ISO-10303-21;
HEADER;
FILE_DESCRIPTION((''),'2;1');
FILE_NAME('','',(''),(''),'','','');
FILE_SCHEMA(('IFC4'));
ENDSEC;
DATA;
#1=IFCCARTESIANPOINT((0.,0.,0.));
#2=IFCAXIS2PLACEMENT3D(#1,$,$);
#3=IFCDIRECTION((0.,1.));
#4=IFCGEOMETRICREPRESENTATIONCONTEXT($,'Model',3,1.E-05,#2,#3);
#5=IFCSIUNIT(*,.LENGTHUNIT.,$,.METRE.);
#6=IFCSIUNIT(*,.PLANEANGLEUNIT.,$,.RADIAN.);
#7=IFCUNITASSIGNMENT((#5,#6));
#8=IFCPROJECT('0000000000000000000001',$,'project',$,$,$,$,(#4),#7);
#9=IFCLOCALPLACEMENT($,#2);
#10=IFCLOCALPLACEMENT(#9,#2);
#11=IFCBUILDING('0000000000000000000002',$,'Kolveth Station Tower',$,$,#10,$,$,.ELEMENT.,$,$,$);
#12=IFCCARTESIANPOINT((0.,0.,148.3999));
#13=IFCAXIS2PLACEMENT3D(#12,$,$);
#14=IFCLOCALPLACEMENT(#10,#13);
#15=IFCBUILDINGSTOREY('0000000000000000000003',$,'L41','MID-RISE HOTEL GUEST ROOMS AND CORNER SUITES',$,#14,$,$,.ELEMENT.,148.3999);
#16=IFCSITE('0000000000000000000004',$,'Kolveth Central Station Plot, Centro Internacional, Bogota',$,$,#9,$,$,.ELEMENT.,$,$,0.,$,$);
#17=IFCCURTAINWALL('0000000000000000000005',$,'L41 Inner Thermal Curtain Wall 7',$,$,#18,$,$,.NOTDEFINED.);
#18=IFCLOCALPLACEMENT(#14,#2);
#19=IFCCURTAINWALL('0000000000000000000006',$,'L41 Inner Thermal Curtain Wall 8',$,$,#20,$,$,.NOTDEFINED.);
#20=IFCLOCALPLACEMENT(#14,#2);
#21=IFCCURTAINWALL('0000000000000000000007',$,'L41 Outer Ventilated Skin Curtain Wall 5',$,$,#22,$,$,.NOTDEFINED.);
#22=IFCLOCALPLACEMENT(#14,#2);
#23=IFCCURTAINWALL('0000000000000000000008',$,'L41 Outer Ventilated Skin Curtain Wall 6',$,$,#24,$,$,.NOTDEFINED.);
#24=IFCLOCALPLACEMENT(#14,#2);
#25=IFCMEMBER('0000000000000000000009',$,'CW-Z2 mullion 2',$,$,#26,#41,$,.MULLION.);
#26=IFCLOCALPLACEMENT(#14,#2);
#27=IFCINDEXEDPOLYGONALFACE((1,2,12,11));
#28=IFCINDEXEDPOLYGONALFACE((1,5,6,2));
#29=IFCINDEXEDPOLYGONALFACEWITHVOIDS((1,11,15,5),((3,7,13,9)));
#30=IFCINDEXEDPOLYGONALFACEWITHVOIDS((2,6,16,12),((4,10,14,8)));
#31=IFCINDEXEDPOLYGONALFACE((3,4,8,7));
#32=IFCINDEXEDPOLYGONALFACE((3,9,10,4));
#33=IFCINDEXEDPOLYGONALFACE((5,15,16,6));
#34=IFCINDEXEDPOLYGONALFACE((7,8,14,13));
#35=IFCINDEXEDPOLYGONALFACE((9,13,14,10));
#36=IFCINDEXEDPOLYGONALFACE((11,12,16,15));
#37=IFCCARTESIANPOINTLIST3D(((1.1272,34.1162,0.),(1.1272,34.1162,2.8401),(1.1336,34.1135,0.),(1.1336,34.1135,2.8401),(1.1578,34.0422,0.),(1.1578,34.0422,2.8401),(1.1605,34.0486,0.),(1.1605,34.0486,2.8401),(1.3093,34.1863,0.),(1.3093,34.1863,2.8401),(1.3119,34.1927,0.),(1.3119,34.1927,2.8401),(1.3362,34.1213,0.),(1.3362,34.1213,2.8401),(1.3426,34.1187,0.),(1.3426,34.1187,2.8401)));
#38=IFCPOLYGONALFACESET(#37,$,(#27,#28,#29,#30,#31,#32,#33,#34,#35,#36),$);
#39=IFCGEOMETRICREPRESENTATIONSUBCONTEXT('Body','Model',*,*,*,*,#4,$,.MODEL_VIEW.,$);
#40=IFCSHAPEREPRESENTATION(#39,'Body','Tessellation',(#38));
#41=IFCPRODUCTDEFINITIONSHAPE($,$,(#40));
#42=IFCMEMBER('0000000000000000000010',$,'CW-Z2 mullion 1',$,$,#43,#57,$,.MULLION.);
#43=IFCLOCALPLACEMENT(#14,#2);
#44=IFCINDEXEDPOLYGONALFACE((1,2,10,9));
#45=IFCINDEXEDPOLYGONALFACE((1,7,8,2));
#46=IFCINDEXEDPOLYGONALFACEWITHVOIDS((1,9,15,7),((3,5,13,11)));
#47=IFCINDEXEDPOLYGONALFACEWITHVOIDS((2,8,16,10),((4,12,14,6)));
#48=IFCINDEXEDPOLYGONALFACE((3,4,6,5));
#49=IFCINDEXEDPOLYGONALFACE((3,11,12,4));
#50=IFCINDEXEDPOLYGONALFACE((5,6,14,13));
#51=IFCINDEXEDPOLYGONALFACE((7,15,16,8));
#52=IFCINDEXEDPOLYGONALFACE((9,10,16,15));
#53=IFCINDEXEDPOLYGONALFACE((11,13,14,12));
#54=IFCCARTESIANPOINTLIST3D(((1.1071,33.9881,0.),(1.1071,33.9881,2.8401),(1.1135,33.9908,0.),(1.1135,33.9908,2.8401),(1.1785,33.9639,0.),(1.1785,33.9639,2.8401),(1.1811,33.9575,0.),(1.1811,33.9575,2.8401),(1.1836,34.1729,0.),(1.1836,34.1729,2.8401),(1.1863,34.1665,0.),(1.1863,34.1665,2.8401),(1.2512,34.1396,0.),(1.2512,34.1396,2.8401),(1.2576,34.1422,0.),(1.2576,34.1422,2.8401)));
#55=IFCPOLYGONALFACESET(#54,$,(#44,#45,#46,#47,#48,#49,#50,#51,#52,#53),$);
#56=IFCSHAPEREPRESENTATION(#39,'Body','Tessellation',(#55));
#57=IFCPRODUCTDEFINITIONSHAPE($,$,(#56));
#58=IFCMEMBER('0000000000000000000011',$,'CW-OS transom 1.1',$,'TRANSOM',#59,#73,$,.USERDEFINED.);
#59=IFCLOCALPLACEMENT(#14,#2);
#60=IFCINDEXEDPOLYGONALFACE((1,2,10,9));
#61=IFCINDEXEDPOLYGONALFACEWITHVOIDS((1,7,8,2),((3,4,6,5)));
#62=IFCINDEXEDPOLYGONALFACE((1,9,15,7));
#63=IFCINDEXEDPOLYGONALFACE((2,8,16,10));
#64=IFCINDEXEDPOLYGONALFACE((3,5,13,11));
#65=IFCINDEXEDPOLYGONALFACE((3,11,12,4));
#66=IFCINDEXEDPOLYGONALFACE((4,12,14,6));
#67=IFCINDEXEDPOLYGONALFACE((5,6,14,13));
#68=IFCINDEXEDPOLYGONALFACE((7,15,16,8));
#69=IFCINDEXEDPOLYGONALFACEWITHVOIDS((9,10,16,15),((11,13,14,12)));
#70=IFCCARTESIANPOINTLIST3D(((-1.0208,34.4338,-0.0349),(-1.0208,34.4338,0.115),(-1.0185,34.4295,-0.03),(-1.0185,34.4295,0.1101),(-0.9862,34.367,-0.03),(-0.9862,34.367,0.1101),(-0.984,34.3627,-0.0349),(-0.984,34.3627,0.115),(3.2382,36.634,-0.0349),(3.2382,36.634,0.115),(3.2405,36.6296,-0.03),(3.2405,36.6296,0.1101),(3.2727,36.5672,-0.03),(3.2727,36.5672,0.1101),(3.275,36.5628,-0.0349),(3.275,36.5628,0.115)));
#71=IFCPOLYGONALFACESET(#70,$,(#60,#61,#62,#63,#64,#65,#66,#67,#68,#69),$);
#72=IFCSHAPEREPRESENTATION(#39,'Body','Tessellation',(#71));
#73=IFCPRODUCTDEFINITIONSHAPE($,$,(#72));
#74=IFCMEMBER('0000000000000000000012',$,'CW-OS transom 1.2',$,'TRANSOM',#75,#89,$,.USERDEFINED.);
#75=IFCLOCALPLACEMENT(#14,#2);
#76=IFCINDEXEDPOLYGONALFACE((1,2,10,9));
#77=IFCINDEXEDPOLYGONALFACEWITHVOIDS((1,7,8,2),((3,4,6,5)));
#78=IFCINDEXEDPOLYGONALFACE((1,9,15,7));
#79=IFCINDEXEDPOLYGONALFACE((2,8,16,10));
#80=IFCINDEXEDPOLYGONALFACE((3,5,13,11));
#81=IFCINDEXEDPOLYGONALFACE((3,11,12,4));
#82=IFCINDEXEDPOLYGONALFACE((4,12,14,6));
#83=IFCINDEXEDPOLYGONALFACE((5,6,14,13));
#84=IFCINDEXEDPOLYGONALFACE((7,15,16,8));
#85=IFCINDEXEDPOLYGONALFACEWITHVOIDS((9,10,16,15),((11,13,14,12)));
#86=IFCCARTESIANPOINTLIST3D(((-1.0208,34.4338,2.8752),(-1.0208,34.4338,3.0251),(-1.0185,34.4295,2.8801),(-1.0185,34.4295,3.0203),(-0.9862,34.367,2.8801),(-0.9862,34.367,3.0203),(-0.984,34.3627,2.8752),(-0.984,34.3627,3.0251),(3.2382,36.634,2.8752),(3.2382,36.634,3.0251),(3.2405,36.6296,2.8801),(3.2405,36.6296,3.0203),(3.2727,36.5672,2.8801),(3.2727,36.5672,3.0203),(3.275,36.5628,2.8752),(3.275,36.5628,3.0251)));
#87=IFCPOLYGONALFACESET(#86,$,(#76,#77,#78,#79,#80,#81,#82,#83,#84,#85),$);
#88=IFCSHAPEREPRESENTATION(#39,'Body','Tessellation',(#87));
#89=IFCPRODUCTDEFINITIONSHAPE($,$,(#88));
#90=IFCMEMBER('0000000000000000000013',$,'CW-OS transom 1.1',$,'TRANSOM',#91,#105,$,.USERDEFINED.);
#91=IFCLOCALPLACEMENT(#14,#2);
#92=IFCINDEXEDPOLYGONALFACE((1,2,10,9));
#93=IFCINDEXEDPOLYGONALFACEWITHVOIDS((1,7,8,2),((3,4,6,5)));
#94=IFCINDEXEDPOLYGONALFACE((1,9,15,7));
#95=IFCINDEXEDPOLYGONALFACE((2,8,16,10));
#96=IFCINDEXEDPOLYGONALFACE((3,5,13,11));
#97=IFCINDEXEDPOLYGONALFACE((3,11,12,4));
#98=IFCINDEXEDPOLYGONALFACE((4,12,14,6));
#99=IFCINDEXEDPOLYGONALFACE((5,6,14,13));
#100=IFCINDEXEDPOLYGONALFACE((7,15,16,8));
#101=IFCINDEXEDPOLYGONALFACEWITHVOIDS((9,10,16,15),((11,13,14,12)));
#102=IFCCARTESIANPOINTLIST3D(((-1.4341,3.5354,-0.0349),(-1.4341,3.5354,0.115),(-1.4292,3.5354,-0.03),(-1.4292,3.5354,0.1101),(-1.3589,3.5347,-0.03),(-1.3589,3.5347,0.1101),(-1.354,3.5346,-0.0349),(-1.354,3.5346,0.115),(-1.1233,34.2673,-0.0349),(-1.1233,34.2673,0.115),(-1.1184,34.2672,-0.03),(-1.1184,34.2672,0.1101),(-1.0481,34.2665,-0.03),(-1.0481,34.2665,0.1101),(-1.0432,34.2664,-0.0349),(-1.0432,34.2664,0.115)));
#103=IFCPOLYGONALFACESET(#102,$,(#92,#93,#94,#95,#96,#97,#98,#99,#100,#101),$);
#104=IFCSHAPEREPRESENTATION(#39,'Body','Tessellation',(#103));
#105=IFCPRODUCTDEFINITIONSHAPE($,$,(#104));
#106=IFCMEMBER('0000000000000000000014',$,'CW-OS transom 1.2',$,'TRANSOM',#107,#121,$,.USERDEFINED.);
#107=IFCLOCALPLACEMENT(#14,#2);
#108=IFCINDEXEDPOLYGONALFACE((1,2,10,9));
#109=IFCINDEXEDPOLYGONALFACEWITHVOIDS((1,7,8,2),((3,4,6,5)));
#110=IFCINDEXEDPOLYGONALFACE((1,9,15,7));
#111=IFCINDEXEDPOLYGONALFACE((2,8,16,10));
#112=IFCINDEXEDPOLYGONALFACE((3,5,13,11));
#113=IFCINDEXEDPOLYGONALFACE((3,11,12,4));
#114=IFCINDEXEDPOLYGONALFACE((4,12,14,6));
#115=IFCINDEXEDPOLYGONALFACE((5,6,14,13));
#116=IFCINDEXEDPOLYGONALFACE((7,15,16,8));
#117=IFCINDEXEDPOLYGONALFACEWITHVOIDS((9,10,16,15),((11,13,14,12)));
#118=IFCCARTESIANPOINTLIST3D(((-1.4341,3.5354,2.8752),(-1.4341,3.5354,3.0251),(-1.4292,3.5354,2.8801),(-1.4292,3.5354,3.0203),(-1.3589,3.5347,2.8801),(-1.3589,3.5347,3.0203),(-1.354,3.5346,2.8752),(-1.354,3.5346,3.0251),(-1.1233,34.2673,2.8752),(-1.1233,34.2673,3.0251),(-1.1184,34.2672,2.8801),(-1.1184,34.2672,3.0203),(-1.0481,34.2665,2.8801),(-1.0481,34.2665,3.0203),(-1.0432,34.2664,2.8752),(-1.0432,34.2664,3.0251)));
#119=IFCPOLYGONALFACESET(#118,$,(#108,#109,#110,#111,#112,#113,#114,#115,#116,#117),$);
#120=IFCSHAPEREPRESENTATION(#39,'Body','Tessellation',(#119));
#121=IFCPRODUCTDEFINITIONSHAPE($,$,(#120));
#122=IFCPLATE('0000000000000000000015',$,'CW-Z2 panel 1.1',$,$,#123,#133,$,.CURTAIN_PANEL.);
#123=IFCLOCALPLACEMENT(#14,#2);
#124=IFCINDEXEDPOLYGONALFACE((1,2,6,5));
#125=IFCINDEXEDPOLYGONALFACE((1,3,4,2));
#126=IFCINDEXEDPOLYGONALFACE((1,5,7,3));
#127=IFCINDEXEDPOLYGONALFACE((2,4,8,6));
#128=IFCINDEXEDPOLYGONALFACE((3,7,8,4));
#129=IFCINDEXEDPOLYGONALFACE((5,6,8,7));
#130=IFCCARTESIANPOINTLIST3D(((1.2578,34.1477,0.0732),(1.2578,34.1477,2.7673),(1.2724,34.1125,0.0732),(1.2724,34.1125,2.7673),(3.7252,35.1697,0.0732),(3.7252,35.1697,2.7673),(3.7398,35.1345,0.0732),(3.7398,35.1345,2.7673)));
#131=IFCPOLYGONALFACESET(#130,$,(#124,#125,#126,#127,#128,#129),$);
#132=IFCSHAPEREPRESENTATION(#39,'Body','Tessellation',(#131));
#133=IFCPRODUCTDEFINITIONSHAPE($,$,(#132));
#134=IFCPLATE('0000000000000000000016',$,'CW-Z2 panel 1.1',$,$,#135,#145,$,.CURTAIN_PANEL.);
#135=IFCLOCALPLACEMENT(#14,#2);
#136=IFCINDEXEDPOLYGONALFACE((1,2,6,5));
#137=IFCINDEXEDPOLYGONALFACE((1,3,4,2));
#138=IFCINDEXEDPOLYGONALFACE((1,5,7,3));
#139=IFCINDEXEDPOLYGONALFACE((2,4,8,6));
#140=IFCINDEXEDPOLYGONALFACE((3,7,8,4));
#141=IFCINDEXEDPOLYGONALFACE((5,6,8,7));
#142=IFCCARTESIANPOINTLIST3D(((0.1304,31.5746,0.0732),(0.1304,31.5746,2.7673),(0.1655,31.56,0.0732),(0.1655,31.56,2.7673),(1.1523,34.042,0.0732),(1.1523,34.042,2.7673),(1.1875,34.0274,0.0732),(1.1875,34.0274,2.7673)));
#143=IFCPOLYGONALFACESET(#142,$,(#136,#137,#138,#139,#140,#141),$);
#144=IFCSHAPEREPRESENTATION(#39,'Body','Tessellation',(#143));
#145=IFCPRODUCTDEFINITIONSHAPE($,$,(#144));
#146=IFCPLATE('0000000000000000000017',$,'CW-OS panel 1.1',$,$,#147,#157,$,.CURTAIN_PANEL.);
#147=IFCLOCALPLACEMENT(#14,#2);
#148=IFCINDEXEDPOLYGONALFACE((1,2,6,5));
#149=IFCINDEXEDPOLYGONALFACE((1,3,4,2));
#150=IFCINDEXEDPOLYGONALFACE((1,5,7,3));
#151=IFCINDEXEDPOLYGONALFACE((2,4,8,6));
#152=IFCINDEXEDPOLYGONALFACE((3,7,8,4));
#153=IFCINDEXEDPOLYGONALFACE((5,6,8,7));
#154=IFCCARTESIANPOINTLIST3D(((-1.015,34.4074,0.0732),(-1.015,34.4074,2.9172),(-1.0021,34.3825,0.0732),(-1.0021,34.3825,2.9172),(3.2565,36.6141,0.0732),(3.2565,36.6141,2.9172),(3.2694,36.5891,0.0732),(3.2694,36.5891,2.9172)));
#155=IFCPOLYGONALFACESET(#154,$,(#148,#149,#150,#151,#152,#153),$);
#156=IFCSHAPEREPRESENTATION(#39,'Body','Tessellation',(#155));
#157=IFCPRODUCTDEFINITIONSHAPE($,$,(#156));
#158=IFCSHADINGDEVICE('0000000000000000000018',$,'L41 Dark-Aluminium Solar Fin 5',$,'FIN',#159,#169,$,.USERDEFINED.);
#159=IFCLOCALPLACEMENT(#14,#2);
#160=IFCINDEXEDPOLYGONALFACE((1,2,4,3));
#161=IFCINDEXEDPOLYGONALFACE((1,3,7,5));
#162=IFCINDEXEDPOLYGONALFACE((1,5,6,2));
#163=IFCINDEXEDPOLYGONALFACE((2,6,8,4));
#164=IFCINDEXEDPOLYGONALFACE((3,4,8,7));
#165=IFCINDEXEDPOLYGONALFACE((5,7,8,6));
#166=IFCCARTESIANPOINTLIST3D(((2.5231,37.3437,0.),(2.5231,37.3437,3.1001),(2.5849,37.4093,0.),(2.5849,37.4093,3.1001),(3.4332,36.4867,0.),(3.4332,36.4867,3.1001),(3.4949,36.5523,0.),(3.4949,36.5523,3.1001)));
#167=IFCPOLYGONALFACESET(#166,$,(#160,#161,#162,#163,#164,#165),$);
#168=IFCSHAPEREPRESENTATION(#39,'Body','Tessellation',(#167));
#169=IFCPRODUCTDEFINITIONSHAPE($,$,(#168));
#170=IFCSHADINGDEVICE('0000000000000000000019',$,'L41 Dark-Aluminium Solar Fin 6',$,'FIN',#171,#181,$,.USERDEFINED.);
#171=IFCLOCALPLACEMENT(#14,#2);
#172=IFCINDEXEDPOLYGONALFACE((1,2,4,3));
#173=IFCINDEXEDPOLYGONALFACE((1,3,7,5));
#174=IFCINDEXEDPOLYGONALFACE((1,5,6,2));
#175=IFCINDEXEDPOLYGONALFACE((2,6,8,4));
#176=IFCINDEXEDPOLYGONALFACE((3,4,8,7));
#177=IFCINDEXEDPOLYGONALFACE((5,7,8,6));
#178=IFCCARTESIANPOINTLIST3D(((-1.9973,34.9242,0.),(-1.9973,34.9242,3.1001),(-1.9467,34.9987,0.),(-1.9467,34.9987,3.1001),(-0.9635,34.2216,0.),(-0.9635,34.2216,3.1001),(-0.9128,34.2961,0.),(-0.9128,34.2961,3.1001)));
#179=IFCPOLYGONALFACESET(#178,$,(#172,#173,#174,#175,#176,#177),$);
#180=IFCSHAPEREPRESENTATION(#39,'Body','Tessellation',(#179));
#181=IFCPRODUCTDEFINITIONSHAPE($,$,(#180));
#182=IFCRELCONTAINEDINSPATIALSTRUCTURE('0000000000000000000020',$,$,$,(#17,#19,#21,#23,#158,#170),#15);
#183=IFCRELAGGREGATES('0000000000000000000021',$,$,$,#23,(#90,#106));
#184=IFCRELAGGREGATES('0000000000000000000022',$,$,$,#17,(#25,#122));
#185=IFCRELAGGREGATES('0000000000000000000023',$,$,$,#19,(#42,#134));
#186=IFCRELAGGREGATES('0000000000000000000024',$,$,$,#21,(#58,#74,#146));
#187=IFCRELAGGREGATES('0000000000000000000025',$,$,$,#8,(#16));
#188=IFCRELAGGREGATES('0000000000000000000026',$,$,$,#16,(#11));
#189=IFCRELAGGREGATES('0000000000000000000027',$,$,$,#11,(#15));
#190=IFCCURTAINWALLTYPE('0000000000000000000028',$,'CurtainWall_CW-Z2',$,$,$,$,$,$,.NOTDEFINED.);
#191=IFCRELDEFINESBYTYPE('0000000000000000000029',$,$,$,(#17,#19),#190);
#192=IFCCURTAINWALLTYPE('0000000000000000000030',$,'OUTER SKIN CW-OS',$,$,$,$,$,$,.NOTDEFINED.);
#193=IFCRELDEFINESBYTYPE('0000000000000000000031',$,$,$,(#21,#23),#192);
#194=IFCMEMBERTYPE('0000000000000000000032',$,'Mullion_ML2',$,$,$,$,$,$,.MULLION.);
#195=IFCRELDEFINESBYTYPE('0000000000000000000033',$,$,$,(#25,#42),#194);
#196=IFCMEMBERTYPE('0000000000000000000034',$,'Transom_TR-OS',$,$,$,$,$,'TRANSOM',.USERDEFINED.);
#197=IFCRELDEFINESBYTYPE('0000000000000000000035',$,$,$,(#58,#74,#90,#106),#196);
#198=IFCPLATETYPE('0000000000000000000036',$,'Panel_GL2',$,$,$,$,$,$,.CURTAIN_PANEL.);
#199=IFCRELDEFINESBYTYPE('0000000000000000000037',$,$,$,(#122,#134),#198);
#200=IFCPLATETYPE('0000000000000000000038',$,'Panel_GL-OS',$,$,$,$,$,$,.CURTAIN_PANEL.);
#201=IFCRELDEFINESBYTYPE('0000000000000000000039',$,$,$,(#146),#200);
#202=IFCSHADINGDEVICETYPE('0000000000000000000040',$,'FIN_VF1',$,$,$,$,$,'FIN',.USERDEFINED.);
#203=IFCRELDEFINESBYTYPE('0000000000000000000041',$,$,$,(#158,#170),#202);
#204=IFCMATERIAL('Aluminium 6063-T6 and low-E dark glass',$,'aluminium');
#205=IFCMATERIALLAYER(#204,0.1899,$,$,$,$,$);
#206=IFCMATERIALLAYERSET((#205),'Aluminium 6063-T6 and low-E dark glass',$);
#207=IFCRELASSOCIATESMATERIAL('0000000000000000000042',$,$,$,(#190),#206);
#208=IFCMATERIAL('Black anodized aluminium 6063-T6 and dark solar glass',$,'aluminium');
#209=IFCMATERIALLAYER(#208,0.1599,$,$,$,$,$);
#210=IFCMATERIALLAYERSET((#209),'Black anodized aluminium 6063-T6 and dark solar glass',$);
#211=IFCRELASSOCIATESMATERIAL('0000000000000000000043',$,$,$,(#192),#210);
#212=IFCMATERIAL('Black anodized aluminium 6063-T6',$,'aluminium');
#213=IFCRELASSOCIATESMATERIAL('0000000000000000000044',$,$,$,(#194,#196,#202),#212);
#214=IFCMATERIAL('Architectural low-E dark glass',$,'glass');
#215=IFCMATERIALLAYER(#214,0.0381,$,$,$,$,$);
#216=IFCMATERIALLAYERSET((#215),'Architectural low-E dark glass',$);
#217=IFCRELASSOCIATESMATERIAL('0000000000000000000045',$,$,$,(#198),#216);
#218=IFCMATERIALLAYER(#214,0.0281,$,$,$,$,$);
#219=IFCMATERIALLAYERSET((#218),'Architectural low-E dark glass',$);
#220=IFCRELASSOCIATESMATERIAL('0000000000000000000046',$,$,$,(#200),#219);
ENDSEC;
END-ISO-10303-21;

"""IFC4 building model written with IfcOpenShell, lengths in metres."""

from ifc_helpers import new_model, si_unit, direction, frame, origin, origin_2d, place, context, subcontext, project, spatial, rectangle, hollow_rectangle, extrude, source, transform, mapped, material, layer, layer_set, material_profile, profile_set, type_object, element, aggregate, save


model = new_model("IFC4")

# Units and contexts
model_context = context("Model", 3, precision=1e-05, world=origin(), true_north=direction((0.0, 1.0)))
body_context = subcontext(model_context, "Body", "Model", "MODEL_VIEW")
ifc_project = project(units=[si_unit("LENGTHUNIT", "METRE"), si_unit("PLANEANGLEUNIT", "RADIAN")], contexts=[model_context])

# Site, building, storey
site_placement = place(None, origin())
site = spatial("IfcSite", under=ifc_project, at=site_placement, Name="Kolveth Central Station Plot, Centro Internacional, Bogota", CompositionType="ELEMENT", RefElevation=0.0)
building_placement = place(site_placement, origin())
building = spatial("IfcBuilding", under=site, at=building_placement, Name="Kolveth Station Tower", CompositionType="ELEMENT")
storey_placement = place(building_placement, frame((0.0, 0.0, 148.3999)))
storey = spatial("IfcBuildingStorey", under=building, at=storey_placement, Name="L41", Description="MID-RISE HOTEL GUEST ROOMS AND CORNER SUITES", CompositionType="ELEMENT", Elevation=148.3999)

# Curtain walls
ifc_material_1 = material(Name="Aluminium 6063-T6 and low-E dark glass", Category="aluminium")
ifc_layer_1 = layer(ifc_material_1, 0.1899)
ifc_layer_set_1 = layer_set([ifc_layer_1], Name="Aluminium 6063-T6 and low-E dark glass")
curtain_wall_type_1 = type_object("IfcCurtainWallType", Name="CurtainWall_CW-Z2", PredefinedType="NOTDEFINED", material=ifc_layer_set_1)
curtain_wall_1_placement = place(storey_placement, origin())
curtain_wall_1 = element("IfcCurtainWall", 1, at=curtain_wall_1_placement, inside=storey, type_object=curtain_wall_type_1, Name="L41 Inner Thermal Curtain Wall 7", PredefinedType="NOTDEFINED")
ifc_material_2 = material(Name="Black anodized aluminium 6063-T6", Category="aluminium")
curtain_wall_2_placement = place(storey_placement, origin())
curtain_wall_2 = element("IfcCurtainWall", 2, at=curtain_wall_2_placement, inside=storey, type_object=curtain_wall_type_1, Name="L41 Inner Thermal Curtain Wall 8", PredefinedType="NOTDEFINED")

# Shared definitions
ifc_material_3 = material(Name="Black anodized aluminium 6063-T6 and dark solar glass", Category="aluminium")
ifc_layer_2 = layer(ifc_material_3, 0.1599)
ifc_layer_set_2 = layer_set([ifc_layer_2], Name="Black anodized aluminium 6063-T6 and dark solar glass")
curtain_wall_type_2 = type_object("IfcCurtainWallType", Name="OUTER SKIN CW-OS", PredefinedType="NOTDEFINED", material=ifc_layer_set_2)

# Curtain wall
curtain_wall_3_placement = place(storey_placement, origin())
curtain_wall_3 = element("IfcCurtainWall", 3, at=curtain_wall_3_placement, inside=storey, type_object=curtain_wall_type_2, Name="L41 Outer Ventilated Skin Curtain Wall 5", PredefinedType="NOTDEFINED")

# Curtain wall
curtain_wall_4_placement = place(storey_placement, origin())
curtain_wall_4 = element("IfcCurtainWall", 4, at=curtain_wall_4_placement, inside=storey, type_object=curtain_wall_type_2, Name="L41 Outer Ventilated Skin Curtain Wall 6", PredefinedType="NOTDEFINED")
ifc_material_profile_1 = material_profile(ifc_material_2, hollow_rectangle(XDim=0.0801, YDim=0.2, WallThickness=0.0049, at=origin_2d()), Name="ALU-80x200x5")
ifc_profile_set_1 = profile_set([ifc_material_profile_1], Name="Black anodized aluminium 6063-T6")
member_type_1 = type_object("IfcMemberType", Name="Mullion_ML2", PredefinedType="MULLION", material=ifc_profile_set_1)
shared_shape_1 = source(origin(), body_context, "Body", "SweptSolid", [
    extrude(hollow_rectangle(XDim=0.0801, YDim=0.2, WallThickness=0.0049, at=origin_2d()), origin(), (0.0, 0.0, 1.0), 2.8401),
])

# Members
member_1_placement = place(storey_placement, frame((1.2349, 34.1174, 0.0), z_axis=(0.0, 0.0, 1.0), x_axis=(0.382663, -0.923888, 0.0)))
member_1 = element("IfcMember", 5, at=member_1_placement, type_object=member_type_1, Name="CW-Z2 mullion 2", PredefinedType="MULLION", context=body_context, shape_type="MappedRepresentation", body=[
    mapped(shared_shape_1, transform((0.0, 0.0, 0.0), x_axis=(1.0, 0.0, 0.0), y_axis=(0.0, 1.0, 0.0), z_axis=(0.0, 0.0, 1.0), scale=1.0)),
])
member_2_placement = place(storey_placement, frame((1.1824, 34.0652, 0.0), z_axis=(0.0, 0.0, 1.0), x_axis=(0.923888, -0.382663, 0.0)))
member_2 = element("IfcMember", 6, at=member_2_placement, type_object=member_type_1, Name="CW-Z2 mullion 1", PredefinedType="MULLION", context=body_context, shape_type="MappedRepresentation", body=[
    mapped(shared_shape_1, transform((0.0, 0.0, 0.0), x_axis=(1.0, 0.0, 0.0), y_axis=(0.0, 1.0, 0.0), z_axis=(0.0, 0.0, 1.0), scale=1.0)),
])
ifc_material_profile_2 = material_profile(ifc_material_2, hollow_rectangle(XDim=0.0801, YDim=0.1499, WallThickness=0.0049, at=origin_2d()), Name="ALU-80x150x5")
ifc_profile_set_2 = profile_set([ifc_material_profile_2], Name="Black anodized aluminium 6063-T6")
member_type_2 = type_object("IfcMemberType", Name="Transom_TR-OS", ElementType="TRANSOM", PredefinedType="USERDEFINED", material=ifc_profile_set_2)
shared_shape_2 = source(origin(), body_context, "Body", "SweptSolid", [
    extrude(hollow_rectangle(XDim=0.0801, YDim=0.1499, WallThickness=0.0049, at=origin_2d()), origin(), (0.0, 0.0, 1.0), 4.7937),
])
member_3_placement = place(storey_placement, frame((3.2566, 36.5984, 0.04), z_axis=(-0.888452, -0.45897, 0.0), x_axis=(0.45897, -0.888452, 0.0)))
member_3 = element("IfcMember", 7, at=member_3_placement, type_object=member_type_2, Name="CW-OS transom 1.1", ObjectType="TRANSOM", PredefinedType="USERDEFINED", context=body_context, shape_type="MappedRepresentation", body=[
    mapped(shared_shape_2, transform((0.0, 0.0, 0.0), x_axis=(1.0, 0.0, 0.0), y_axis=(0.0, 1.0, 0.0), z_axis=(0.0, 0.0, 1.0), scale=1.0)),
])
member_4_placement = place(storey_placement, frame((3.2566, 36.5984, 2.9502), z_axis=(-0.888452, -0.45897, 0.0), x_axis=(0.45897, -0.888452, 0.0)))
member_4 = element("IfcMember", 8, at=member_4_placement, type_object=member_type_2, Name="CW-OS transom 1.2", ObjectType="TRANSOM", PredefinedType="USERDEFINED", context=body_context, shape_type="MappedRepresentation", body=[
    mapped(shared_shape_2, transform((0.0, 0.0, 0.0), x_axis=(1.0, 0.0, 0.0), y_axis=(0.0, 1.0, 0.0), z_axis=(0.0, 0.0, 1.0), scale=1.0)),
])
shared_shape_3 = source(origin(), body_context, "Body", "SweptSolid", [
    extrude(hollow_rectangle(XDim=0.0801, YDim=0.1499, WallThickness=0.0049, at=origin_2d()), origin(), (0.0, 0.0, 1.0), 30.7334),
])
member_5_placement = place(storey_placement, frame((-1.0833, 34.2668, 0.04), z_axis=(-0.010112, -0.999949, 0.0), x_axis=(0.999949, -0.010112, 0.0)))
member_5 = element("IfcMember", 9, at=member_5_placement, type_object=member_type_2, Name="CW-OS transom 1.1", ObjectType="TRANSOM", PredefinedType="USERDEFINED", context=body_context, shape_type="MappedRepresentation", body=[
    mapped(shared_shape_3, transform((0.0, 0.0, 0.0), x_axis=(1.0, 0.0, 0.0), y_axis=(0.0, 1.0, 0.0), z_axis=(0.0, 0.0, 1.0), scale=1.0)),
])
member_6_placement = place(storey_placement, frame((-1.0833, 34.2668, 2.9502), z_axis=(-0.010112, -0.999949, 0.0), x_axis=(0.999949, -0.010112, 0.0)))
member_6 = element("IfcMember", 10, at=member_6_placement, type_object=member_type_2, Name="CW-OS transom 1.2", ObjectType="TRANSOM", PredefinedType="USERDEFINED", context=body_context, shape_type="MappedRepresentation", body=[
    mapped(shared_shape_3, transform((0.0, 0.0, 0.0), x_axis=(1.0, 0.0, 0.0), y_axis=(0.0, 1.0, 0.0), z_axis=(0.0, 0.0, 1.0), scale=1.0)),
])
aggregate(curtain_wall_4, [member_5, member_6])

# Plates
ifc_material_4 = material(Name="Architectural low-E dark glass", Category="glass")
ifc_layer_3 = layer(ifc_material_4, 0.0381)
ifc_layer_set_3 = layer_set([ifc_layer_3], Name="Architectural low-E dark glass")
plate_type_1 = type_object("IfcPlateType", Name="Panel_GL2", PredefinedType="CURTAIN_PANEL", material=ifc_layer_set_3)
shared_shape_4 = source(origin(), body_context, "Body", "SweptSolid", [
    extrude(rectangle(XDim=2.6707, YDim=0.0381, at=origin_2d()), origin(), (0.0, 0.0, 1.0), 2.6941),
])
plate_1_placement = place(storey_placement, frame((2.4988, 34.6411, 0.0732), z_axis=(0.0, 0.0, 1.0), x_axis=(-0.923888, -0.382663, 0.0)))
plate_1 = element("IfcPlate", 11, at=plate_1_placement, type_object=plate_type_1, Name="CW-Z2 panel 1.1", PredefinedType="CURTAIN_PANEL", context=body_context, shape_type="MappedRepresentation", body=[
    mapped(shared_shape_4, transform((0.0, 0.0, 0.0), x_axis=(1.0, 0.0, 0.0), y_axis=(0.0, 1.0, 0.0), z_axis=(0.0, 0.0, 1.0), scale=1.0)),
])
aggregate(curtain_wall_1, [member_1, plate_1])
plate_2_placement = place(storey_placement, frame((0.6589, 32.801, 0.0732), z_axis=(0.0, 0.0, 1.0), x_axis=(-0.382663, -0.923888, 0.0)))
plate_2 = element("IfcPlate", 12, at=plate_2_placement, type_object=plate_type_1, Name="CW-Z2 panel 1.1", PredefinedType="CURTAIN_PANEL", context=body_context, shape_type="MappedRepresentation", body=[
    mapped(shared_shape_4, transform((0.0, 0.0, 0.0), x_axis=(1.0, 0.0, 0.0), y_axis=(0.0, 1.0, 0.0), z_axis=(0.0, 0.0, 1.0), scale=1.0)),
])
aggregate(curtain_wall_2, [member_2, plate_2])
ifc_layer_4 = layer(ifc_material_4, 0.0281)
ifc_layer_set_4 = layer_set([ifc_layer_4], Name="Architectural low-E dark glass")
plate_type_2 = type_object("IfcPlateType", Name="Panel_GL-OS", PredefinedType="CURTAIN_PANEL", material=ifc_layer_set_4)
shared_shape_5 = source(origin(), body_context, "Body", "SweptSolid", [
    extrude(rectangle(XDim=4.8079, YDim=0.0281, at=origin_2d()), origin(), (0.0, 0.0, 1.0), 2.844),
])
plate_3_placement = place(storey_placement, frame((1.1272, 35.4983, 0.0732), z_axis=(0.0, 0.0, 1.0), x_axis=(-0.888455, -0.458965, 0.0)))
plate_3 = element("IfcPlate", 13, at=plate_3_placement, type_object=plate_type_2, Name="CW-OS panel 1.1", PredefinedType="CURTAIN_PANEL", context=body_context, shape_type="MappedRepresentation", body=[
    mapped(shared_shape_5, transform((0.0, 0.0, 0.0), x_axis=(1.0, 0.0, 0.0), y_axis=(0.0, 1.0, 0.0), z_axis=(0.0, 0.0, 1.0), scale=1.0)),
])
aggregate(curtain_wall_3, [member_3, member_4, plate_3])

# Shading devices
shading_device_type = type_object("IfcShadingDeviceType", Name="FIN_VF1", ElementType="FIN", PredefinedType="USERDEFINED", material=ifc_material_2)
shared_shape_6 = source(origin(), body_context, "Body", "SweptSolid", [
    extrude(rectangle(XDim=1.25, YDim=0.0901, at=origin_2d()), origin(), (0.0, 0.0, 1.0), 3.1001),
])
for number, where, z_axis, x_axis, name in (
    (14, (3.009, 36.948, 0.0), (0.0, 0.0, 1.0), (-0.728012, 0.685564, 0.0), "L41 Dark-Aluminium Solar Fin 5"),
    (15, (-1.4551, 34.6101, 0.0), (0.0, 0.0, 1.0), (-0.827081, 0.562083, 0.0), "L41 Dark-Aluminium Solar Fin 6"),
):
    element("IfcShadingDevice", number, at=place(storey_placement, frame(where, z_axis=z_axis, x_axis=x_axis)), inside=storey, type_object=shading_device_type, Name=name, ObjectType="FIN", PredefinedType="USERDEFINED", context=body_context, shape_type="MappedRepresentation", body=[
        mapped(shared_shape_6, transform((0.0, 0.0, 0.0), x_axis=(1.0, 0.0, 0.0), y_axis=(0.0, 1.0, 0.0), z_axis=(0.0, 0.0, 1.0), scale=1.0)),
    ])

save(model, "model.ifc")
